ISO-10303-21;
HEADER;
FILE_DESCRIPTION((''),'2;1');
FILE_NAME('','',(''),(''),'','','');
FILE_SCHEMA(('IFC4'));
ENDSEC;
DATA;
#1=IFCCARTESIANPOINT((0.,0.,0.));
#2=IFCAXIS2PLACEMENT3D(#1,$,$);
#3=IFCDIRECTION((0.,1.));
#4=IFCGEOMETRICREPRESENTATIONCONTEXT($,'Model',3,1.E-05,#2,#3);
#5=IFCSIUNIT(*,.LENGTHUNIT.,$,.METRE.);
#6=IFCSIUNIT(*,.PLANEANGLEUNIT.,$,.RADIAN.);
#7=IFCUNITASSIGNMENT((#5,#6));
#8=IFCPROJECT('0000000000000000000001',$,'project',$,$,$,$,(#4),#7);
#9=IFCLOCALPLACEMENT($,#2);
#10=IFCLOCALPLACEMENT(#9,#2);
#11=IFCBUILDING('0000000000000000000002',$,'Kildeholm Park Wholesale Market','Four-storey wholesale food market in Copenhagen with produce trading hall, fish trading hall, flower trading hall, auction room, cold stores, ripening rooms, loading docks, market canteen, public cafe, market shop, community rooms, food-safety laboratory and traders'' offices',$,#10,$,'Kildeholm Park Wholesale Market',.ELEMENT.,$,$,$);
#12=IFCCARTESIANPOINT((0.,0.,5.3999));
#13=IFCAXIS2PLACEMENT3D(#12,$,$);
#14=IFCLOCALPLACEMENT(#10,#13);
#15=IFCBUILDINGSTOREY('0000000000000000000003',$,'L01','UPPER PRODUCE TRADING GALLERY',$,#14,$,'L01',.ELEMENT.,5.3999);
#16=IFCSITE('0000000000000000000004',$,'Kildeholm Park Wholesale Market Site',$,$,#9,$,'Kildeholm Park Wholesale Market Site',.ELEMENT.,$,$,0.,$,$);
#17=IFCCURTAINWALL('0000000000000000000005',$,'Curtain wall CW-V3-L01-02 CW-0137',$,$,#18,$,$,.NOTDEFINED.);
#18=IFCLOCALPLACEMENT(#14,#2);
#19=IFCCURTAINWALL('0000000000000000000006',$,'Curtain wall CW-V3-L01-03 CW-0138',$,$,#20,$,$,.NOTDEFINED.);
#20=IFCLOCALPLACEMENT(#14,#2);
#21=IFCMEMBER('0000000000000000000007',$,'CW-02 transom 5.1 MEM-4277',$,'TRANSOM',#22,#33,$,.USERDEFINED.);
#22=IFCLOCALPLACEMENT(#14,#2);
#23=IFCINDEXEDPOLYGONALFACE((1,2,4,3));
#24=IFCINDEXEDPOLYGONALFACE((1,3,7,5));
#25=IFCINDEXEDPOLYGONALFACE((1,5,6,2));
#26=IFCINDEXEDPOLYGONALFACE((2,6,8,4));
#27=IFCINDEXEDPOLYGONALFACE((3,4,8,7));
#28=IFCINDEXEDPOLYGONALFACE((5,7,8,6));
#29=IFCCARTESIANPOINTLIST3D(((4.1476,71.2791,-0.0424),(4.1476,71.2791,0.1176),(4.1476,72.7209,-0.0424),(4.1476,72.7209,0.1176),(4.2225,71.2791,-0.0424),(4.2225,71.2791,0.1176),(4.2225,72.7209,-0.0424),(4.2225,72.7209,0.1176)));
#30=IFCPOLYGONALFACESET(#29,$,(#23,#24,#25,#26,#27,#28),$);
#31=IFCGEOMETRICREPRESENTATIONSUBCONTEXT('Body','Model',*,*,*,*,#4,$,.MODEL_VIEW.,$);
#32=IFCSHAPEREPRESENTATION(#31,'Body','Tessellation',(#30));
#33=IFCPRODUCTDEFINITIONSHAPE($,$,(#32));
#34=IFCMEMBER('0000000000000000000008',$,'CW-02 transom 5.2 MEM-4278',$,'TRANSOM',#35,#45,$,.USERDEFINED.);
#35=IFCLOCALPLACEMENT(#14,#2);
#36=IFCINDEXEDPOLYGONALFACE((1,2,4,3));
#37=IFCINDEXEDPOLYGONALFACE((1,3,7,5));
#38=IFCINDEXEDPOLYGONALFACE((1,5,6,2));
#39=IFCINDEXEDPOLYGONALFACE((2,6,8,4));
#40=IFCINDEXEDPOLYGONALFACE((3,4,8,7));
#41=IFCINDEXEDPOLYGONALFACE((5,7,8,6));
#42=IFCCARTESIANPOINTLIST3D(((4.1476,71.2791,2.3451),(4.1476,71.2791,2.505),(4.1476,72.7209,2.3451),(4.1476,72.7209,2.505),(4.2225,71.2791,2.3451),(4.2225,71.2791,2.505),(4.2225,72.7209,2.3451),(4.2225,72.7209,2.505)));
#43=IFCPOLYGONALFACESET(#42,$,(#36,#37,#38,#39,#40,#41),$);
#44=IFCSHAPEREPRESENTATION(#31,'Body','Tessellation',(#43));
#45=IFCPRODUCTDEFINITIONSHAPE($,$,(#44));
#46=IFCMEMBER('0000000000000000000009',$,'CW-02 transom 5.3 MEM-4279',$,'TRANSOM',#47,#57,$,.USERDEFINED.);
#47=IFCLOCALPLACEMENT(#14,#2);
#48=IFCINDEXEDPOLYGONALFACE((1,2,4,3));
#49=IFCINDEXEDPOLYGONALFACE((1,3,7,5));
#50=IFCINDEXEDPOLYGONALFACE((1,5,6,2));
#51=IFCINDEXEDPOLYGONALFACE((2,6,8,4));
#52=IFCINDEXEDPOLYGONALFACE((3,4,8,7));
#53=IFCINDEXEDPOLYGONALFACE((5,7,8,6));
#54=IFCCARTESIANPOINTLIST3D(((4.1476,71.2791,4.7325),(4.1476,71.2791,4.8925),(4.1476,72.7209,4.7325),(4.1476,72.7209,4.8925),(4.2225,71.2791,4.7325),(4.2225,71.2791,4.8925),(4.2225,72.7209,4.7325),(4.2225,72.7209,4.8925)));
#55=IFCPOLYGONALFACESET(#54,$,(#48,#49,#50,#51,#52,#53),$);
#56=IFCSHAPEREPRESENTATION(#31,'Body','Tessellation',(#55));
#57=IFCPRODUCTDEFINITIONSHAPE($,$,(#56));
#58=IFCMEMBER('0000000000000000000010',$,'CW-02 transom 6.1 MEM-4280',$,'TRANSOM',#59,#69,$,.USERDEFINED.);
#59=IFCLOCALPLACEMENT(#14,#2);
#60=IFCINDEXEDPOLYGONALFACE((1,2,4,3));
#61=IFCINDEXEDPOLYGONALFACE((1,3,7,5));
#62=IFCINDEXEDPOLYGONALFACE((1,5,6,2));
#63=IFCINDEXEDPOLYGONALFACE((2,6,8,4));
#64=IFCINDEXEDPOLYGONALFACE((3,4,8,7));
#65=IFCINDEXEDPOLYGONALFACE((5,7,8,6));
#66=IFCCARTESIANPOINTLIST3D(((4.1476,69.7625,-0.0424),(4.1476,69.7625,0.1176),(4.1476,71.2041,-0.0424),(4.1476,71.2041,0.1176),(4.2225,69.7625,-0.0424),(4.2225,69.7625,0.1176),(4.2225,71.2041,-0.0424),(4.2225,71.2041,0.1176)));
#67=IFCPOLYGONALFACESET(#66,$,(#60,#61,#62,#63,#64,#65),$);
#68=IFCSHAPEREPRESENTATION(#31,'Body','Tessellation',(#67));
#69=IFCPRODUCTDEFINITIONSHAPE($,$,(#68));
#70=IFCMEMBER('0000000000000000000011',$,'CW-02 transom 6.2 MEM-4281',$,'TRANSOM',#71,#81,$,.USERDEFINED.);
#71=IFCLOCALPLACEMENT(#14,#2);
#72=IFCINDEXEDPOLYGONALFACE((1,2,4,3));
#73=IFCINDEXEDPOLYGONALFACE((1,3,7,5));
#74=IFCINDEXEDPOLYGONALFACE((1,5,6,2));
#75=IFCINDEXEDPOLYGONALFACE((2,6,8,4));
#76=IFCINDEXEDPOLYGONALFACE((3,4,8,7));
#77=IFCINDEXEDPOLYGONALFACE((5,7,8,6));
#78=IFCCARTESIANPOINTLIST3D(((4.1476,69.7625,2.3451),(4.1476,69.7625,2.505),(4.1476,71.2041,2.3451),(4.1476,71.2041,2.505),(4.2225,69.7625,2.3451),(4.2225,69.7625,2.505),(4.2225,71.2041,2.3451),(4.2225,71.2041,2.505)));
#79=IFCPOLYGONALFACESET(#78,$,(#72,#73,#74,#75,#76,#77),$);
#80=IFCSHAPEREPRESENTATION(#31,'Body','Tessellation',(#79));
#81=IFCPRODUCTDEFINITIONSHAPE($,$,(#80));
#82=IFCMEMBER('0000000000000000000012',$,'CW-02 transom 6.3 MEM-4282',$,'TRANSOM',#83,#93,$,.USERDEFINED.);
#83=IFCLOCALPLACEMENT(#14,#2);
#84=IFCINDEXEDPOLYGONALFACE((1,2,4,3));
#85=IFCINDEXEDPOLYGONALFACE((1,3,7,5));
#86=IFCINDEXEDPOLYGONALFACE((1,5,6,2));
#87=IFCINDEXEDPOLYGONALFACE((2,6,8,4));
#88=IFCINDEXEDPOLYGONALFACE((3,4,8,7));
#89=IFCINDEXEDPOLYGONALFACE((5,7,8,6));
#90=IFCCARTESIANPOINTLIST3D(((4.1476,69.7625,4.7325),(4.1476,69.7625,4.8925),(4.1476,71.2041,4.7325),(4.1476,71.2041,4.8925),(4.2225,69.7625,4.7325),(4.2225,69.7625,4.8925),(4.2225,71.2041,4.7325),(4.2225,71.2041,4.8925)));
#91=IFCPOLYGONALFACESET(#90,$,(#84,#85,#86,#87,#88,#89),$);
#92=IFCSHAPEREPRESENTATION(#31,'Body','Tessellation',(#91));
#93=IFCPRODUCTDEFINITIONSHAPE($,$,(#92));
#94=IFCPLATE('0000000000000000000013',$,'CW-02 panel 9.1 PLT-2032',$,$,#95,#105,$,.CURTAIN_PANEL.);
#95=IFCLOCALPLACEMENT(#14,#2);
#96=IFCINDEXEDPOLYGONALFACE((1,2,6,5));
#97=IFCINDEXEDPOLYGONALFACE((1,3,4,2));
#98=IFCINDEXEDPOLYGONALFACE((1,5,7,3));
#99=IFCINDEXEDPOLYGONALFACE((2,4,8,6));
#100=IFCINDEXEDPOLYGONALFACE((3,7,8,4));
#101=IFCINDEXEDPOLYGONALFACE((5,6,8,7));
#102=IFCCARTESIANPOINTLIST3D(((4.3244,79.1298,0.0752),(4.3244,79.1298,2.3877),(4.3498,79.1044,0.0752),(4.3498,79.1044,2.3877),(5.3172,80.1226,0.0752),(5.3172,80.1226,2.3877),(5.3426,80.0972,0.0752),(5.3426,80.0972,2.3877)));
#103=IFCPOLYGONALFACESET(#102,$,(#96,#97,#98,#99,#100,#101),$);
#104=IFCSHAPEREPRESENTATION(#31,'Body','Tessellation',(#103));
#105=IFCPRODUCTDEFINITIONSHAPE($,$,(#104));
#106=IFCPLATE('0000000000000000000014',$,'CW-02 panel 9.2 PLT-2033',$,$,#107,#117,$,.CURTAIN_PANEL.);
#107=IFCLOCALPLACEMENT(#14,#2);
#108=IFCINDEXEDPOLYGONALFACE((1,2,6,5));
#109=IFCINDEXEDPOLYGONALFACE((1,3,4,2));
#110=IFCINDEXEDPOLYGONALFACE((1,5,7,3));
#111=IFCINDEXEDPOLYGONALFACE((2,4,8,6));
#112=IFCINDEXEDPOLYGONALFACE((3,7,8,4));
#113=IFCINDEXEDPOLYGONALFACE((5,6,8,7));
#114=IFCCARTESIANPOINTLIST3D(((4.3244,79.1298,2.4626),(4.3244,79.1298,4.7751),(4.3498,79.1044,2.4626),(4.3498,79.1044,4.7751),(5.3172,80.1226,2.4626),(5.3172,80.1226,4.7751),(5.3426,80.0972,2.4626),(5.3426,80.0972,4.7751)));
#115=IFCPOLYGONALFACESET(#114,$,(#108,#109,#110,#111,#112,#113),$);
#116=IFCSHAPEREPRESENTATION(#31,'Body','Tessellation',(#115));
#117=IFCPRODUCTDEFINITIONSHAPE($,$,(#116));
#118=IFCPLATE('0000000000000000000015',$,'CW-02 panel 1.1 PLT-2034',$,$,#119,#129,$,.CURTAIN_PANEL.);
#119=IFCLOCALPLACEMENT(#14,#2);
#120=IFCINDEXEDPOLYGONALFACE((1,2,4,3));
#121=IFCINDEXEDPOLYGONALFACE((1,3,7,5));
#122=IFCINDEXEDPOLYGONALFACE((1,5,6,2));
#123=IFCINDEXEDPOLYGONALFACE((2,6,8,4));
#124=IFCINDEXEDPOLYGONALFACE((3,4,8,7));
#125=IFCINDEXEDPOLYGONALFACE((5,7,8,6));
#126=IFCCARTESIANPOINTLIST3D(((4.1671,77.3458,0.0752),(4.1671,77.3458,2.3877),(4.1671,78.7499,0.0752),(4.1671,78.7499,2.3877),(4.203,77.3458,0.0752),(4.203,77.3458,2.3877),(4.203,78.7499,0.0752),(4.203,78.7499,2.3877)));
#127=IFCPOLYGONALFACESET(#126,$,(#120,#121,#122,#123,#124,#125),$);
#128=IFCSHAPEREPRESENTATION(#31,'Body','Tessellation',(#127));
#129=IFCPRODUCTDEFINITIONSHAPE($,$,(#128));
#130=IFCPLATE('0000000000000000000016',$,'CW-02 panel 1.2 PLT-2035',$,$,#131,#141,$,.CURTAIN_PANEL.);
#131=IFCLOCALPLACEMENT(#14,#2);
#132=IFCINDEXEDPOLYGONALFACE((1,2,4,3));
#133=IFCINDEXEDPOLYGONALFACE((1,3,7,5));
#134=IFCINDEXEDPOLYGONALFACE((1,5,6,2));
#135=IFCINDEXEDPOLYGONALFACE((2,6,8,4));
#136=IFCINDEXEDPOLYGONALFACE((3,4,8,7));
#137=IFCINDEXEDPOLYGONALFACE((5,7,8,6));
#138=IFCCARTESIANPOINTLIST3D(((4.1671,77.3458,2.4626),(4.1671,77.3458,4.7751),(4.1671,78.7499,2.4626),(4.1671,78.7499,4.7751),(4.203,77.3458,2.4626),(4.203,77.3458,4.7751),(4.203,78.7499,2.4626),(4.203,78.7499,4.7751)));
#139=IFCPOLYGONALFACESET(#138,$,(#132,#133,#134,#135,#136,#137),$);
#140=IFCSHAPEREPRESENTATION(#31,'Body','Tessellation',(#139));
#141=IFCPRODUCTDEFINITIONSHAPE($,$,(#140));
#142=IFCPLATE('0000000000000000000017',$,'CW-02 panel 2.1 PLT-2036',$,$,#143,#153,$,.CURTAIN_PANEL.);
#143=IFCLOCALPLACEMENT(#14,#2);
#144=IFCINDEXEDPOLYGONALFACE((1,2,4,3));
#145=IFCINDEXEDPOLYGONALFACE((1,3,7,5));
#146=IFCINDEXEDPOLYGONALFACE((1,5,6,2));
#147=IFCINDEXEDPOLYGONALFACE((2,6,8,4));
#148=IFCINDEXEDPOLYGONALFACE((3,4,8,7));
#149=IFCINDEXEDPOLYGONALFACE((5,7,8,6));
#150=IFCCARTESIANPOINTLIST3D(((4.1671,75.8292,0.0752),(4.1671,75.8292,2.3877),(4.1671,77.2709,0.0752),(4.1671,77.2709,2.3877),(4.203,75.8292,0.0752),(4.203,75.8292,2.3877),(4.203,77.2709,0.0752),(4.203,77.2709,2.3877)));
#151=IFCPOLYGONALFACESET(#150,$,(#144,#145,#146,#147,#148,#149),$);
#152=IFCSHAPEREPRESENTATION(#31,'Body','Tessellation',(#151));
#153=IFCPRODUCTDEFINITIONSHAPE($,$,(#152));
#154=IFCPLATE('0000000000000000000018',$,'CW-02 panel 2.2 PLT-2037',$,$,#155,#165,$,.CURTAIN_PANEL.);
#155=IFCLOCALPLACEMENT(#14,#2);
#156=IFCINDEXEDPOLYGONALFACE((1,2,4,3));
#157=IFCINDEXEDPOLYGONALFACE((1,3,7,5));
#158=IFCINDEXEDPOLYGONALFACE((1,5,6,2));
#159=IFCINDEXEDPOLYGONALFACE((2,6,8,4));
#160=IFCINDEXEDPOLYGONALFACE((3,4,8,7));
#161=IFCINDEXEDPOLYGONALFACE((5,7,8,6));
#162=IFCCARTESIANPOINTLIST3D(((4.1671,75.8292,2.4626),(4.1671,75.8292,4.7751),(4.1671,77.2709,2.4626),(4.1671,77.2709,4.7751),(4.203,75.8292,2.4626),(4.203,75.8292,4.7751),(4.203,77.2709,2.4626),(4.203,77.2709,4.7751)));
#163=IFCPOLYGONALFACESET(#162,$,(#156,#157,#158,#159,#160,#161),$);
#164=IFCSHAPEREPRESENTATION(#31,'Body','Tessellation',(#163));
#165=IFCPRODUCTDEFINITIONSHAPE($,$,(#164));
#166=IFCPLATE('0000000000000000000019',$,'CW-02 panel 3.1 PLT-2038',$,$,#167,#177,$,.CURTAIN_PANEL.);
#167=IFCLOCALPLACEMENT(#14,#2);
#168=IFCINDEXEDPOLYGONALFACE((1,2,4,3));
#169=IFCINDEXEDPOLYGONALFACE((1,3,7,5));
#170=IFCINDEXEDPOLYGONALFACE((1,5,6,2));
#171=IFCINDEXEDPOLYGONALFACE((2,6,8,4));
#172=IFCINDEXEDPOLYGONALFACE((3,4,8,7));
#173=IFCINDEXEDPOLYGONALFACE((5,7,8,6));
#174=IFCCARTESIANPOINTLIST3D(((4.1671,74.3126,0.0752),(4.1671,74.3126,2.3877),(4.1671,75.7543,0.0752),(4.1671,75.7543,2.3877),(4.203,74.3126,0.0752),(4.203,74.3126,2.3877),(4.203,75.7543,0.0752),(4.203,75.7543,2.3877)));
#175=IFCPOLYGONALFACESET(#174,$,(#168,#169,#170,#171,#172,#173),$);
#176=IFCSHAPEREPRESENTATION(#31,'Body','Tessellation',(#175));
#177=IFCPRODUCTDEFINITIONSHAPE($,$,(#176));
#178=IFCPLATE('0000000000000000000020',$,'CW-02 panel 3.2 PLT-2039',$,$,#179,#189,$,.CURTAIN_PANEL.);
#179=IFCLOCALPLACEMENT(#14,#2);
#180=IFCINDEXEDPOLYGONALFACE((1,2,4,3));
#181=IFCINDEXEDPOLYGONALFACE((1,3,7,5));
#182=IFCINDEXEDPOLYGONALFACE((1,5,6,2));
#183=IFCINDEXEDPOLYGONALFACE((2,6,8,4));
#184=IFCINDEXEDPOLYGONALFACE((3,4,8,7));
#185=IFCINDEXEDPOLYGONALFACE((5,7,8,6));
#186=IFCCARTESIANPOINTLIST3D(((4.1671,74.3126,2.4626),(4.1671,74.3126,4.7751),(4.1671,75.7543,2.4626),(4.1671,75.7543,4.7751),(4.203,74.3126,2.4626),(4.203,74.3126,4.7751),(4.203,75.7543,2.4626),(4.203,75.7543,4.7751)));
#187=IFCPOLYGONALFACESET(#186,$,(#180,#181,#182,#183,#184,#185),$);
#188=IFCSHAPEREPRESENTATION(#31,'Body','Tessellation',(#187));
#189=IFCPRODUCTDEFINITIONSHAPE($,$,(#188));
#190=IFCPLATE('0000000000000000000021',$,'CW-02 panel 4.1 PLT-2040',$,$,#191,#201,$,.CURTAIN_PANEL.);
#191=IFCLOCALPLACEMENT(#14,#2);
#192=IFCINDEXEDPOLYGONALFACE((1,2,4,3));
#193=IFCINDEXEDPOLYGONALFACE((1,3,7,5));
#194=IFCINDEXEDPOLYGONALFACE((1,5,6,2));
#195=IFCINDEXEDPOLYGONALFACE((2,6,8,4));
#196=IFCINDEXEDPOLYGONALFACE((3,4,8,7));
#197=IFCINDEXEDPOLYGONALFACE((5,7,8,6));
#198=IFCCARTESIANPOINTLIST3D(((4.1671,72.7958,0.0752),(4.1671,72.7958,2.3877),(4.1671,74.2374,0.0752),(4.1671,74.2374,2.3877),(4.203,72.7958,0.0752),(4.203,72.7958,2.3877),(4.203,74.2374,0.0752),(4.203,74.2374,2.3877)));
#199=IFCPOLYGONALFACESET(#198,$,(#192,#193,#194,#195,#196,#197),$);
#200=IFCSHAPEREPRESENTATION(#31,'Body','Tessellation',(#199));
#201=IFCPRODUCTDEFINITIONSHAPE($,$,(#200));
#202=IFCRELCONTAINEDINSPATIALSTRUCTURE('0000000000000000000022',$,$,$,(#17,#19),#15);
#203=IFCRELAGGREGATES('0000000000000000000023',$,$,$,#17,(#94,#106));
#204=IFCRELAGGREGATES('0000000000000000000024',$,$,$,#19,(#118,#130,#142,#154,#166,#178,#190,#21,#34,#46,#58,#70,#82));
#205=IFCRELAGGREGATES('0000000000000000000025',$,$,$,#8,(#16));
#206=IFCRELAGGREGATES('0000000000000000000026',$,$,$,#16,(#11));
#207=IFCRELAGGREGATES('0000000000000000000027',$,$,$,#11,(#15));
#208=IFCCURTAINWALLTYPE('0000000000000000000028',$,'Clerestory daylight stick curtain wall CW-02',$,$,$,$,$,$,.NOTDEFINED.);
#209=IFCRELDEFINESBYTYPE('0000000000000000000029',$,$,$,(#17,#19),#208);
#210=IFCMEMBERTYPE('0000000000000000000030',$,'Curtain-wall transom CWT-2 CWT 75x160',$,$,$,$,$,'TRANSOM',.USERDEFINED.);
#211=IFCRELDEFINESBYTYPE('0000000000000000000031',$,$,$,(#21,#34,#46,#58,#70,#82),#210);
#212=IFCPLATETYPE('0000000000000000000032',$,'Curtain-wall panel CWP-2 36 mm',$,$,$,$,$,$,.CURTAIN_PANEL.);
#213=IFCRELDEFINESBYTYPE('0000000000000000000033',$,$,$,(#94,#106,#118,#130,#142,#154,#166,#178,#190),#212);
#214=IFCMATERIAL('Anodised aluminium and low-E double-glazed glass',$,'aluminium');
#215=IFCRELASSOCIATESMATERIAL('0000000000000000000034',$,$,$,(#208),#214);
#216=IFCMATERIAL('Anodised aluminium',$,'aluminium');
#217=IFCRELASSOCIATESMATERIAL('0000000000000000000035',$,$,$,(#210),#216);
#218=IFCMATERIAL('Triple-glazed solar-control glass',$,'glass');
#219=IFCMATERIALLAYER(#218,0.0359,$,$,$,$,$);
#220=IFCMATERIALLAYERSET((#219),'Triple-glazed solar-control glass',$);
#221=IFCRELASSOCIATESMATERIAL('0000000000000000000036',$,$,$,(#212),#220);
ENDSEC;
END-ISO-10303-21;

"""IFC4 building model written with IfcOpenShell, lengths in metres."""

from ifc_helpers import new_model, si_unit, direction, frame, origin, origin_2d, place, context, subcontext, project, spatial, rectangle, extrude, material, layer, layer_set, material_profile, profile_set, type_object, element, aggregate, save


model = new_model("IFC4")

# Units and contexts
model_context = context("Model", 3, precision=1e-05, world=origin(), true_north=direction((0.0, 1.0)))
body_context = subcontext(model_context, "Body", "Model", "MODEL_VIEW")
ifc_project = project(units=[si_unit("LENGTHUNIT", "METRE"), si_unit("PLANEANGLEUNIT", "RADIAN")], contexts=[model_context])

# Site, building, storey
site_placement = place(None, origin())
site = spatial("IfcSite", under=ifc_project, at=site_placement, Name="Kildeholm Park Wholesale Market Site", LongName="Kildeholm Park Wholesale Market Site", CompositionType="ELEMENT", RefElevation=0.0)
building_placement = place(site_placement, origin())
building = spatial("IfcBuilding", under=site, at=building_placement, Name="Kildeholm Park Wholesale Market", Description="Four-storey wholesale food market in Copenhagen with produce trading hall, fish trading hall, flower trading hall, auction room, cold stores, ripening rooms, loading docks, market canteen, public cafe, market shop, community rooms, food-safety laboratory and traders' offices", LongName="Kildeholm Park Wholesale Market", CompositionType="ELEMENT")
storey_placement = place(building_placement, frame((0.0, 0.0, 5.3999)))
storey = spatial("IfcBuildingStorey", under=building, at=storey_placement, Name="L01", Description="UPPER PRODUCE TRADING GALLERY", LongName="L01", CompositionType="ELEMENT", Elevation=5.3999)

# Curtain wall
ifc_material_1 = material(Name="Anodised aluminium and low-E double-glazed glass", Category="aluminium")
curtain_wall_type = type_object("IfcCurtainWallType", Name="Clerestory daylight stick curtain wall CW-02", PredefinedType="NOTDEFINED", material=ifc_material_1)
curtain_wall_1_placement = place(storey_placement, origin())
curtain_wall_1 = element("IfcCurtainWall", 1, at=curtain_wall_1_placement, inside=storey, type_object=curtain_wall_type, Name="Curtain wall CW-V3-L01-02 CW-0137", PredefinedType="NOTDEFINED")
ifc_material_2 = material(Name="Anodised aluminium", Category="aluminium")

# Curtain wall, members
curtain_wall_2_placement = place(storey_placement, origin())
curtain_wall_2 = element("IfcCurtainWall", 2, at=curtain_wall_2_placement, inside=storey, type_object=curtain_wall_type, Name="Curtain wall CW-V3-L01-03 CW-0138", PredefinedType="NOTDEFINED")
ifc_material_profile_1 = material_profile(ifc_material_2, rectangle(XDim=0.075, YDim=0.1599, at=origin_2d()), Name="CWT 75x160")
ifc_profile_set_1 = profile_set([ifc_material_profile_1], Name="Anodised aluminium")
member_type_1 = type_object("IfcMemberType", Name="Curtain-wall transom CWT-2 CWT 75x160", ElementType="TRANSOM", PredefinedType="USERDEFINED", material=ifc_profile_set_1)
member_1_placement = place(storey_placement, frame((4.1851, 72.7209, 0.0376), z_axis=(0.0, -1.0, 0.0), x_axis=(1.0, 0.0, 0.0)))
member_1 = element("IfcMember", 3, at=member_1_placement, type_object=member_type_1, Name="CW-02 transom 5.1 MEM-4277", ObjectType="TRANSOM", PredefinedType="USERDEFINED", context=body_context, shape_type="SweptSolid", body=[
    extrude(rectangle(XDim=0.075, YDim=0.1599, at=origin_2d()), origin(), (0.0, 0.0, 1.0), 1.4419),
])
member_2_placement = place(storey_placement, frame((4.1851, 72.7209, 2.425), z_axis=(0.0, -1.0, 0.0), x_axis=(1.0, 0.0, 0.0)))
member_2 = element("IfcMember", 4, at=member_2_placement, type_object=member_type_1, Name="CW-02 transom 5.2 MEM-4278", ObjectType="TRANSOM", PredefinedType="USERDEFINED", context=body_context, shape_type="SweptSolid", body=[
    extrude(rectangle(XDim=0.075, YDim=0.1599, at=origin_2d()), origin(), (0.0, 0.0, 1.0), 1.4419),
])
member_3_placement = place(storey_placement, frame((4.1851, 72.7209, 4.8125), z_axis=(0.0, -1.0, 0.0), x_axis=(1.0, 0.0, 0.0)))
member_3 = element("IfcMember", 5, at=member_3_placement, type_object=member_type_1, Name="CW-02 transom 5.3 MEM-4279", ObjectType="TRANSOM", PredefinedType="USERDEFINED", context=body_context, shape_type="SweptSolid", body=[
    extrude(rectangle(XDim=0.075, YDim=0.1599, at=origin_2d()), origin(), (0.0, 0.0, 1.0), 1.4419),
])
member_4_placement = place(storey_placement, frame((4.1851, 71.2041, 0.0376), z_axis=(0.0, -1.0, 0.0), x_axis=(1.0, 0.0, 0.0)))
member_4 = element("IfcMember", 6, at=member_4_placement, type_object=member_type_1, Name="CW-02 transom 6.1 MEM-4280", ObjectType="TRANSOM", PredefinedType="USERDEFINED", context=body_context, shape_type="SweptSolid", body=[
    extrude(rectangle(XDim=0.075, YDim=0.1599, at=origin_2d()), origin(), (0.0, 0.0, 1.0), 1.4417),
])
member_5_placement = place(storey_placement, frame((4.1851, 71.2041, 2.425), z_axis=(0.0, -1.0, 0.0), x_axis=(1.0, 0.0, 0.0)))
member_5 = element("IfcMember", 7, at=member_5_placement, type_object=member_type_1, Name="CW-02 transom 6.2 MEM-4281", ObjectType="TRANSOM", PredefinedType="USERDEFINED", context=body_context, shape_type="SweptSolid", body=[
    extrude(rectangle(XDim=0.075, YDim=0.1599, at=origin_2d()), origin(), (0.0, 0.0, 1.0), 1.4417),
])
member_6_placement = place(storey_placement, frame((4.1851, 71.2041, 4.8125), z_axis=(0.0, -1.0, 0.0), x_axis=(1.0, 0.0, 0.0)))
member_6 = element("IfcMember", 8, at=member_6_placement, type_object=member_type_1, Name="CW-02 transom 6.3 MEM-4282", ObjectType="TRANSOM", PredefinedType="USERDEFINED", context=body_context, shape_type="SweptSolid", body=[
    extrude(rectangle(XDim=0.075, YDim=0.1599, at=origin_2d()), origin(), (0.0, 0.0, 1.0), 1.4417),
])

# Plates
ifc_material_3 = material(Name="Triple-glazed solar-control glass", Category="glass")
ifc_layer = layer(ifc_material_3, 0.0359)
ifc_layer_set = layer_set([ifc_layer], Name="Triple-glazed solar-control glass")
plate_type = type_object("IfcPlateType", Name="Curtain-wall panel CWP-2 36 mm", PredefinedType="CURTAIN_PANEL", material=ifc_layer_set)
plate_1_placement = place(storey_placement, frame((4.8335, 79.6135, 0.0752), z_axis=(0.0, 0.0, 1.0), x_axis=(-0.707107, -0.707107, 0.0)))
plate_1 = element("IfcPlate", 9, at=plate_1_placement, type_object=plate_type, Name="CW-02 panel 9.1 PLT-2032", PredefinedType="CURTAIN_PANEL", context=body_context, shape_type="SweptSolid", body=[
    extrude(rectangle(XDim=1.4041, YDim=0.0359, at=origin_2d()), origin(), (0.0, 0.0, 1.0), 2.3125),
])
plate_2_placement = place(storey_placement, frame((4.8335, 79.6135, 2.4626), z_axis=(0.0, 0.0, 1.0), x_axis=(-0.707107, -0.707107, 0.0)))
plate_2 = element("IfcPlate", 10, at=plate_2_placement, type_object=plate_type, Name="CW-02 panel 9.2 PLT-2033", PredefinedType="CURTAIN_PANEL", context=body_context, shape_type="SweptSolid", body=[
    extrude(rectangle(XDim=1.4041, YDim=0.0359, at=origin_2d()), origin(), (0.0, 0.0, 1.0), 2.3125),
])
aggregate(curtain_wall_1, [plate_1, plate_2])
plate_3_placement = place(storey_placement, frame((4.1851, 78.0479, 0.0752), z_axis=(0.0, 0.0, 1.0), x_axis=(0.0, -1.0, 0.0)))
plate_3 = element("IfcPlate", 11, at=plate_3_placement, type_object=plate_type, Name="CW-02 panel 1.1 PLT-2034", PredefinedType="CURTAIN_PANEL", context=body_context, shape_type="SweptSolid", body=[
    extrude(rectangle(XDim=1.4041, YDim=0.0359, at=origin_2d()), origin(), (0.0, 0.0, 1.0), 2.3125),
])
plate_4_placement = place(storey_placement, frame((4.1851, 78.0479, 2.4626), z_axis=(0.0, 0.0, 1.0), x_axis=(0.0, -1.0, 0.0)))
plate_4 = element("IfcPlate", 12, at=plate_4_placement, type_object=plate_type, Name="CW-02 panel 1.2 PLT-2035", PredefinedType="CURTAIN_PANEL", context=body_context, shape_type="SweptSolid", body=[
    extrude(rectangle(XDim=1.4041, YDim=0.0359, at=origin_2d()), origin(), (0.0, 0.0, 1.0), 2.3125),
])
plate_5_placement = place(storey_placement, frame((4.1851, 76.55, 0.0752), z_axis=(0.0, 0.0, 1.0), x_axis=(0.0, -1.0, 0.0)))
plate_5 = element("IfcPlate", 13, at=plate_5_placement, type_object=plate_type, Name="CW-02 panel 2.1 PLT-2036", PredefinedType="CURTAIN_PANEL", context=body_context, shape_type="SweptSolid", body=[
    extrude(rectangle(XDim=1.4417, YDim=0.0359, at=origin_2d()), origin(), (0.0, 0.0, 1.0), 2.3125),
])
plate_6_placement = place(storey_placement, frame((4.1851, 76.55, 2.4626), z_axis=(0.0, 0.0, 1.0), x_axis=(0.0, -1.0, 0.0)))
plate_6 = element("IfcPlate", 14, at=plate_6_placement, type_object=plate_type, Name="CW-02 panel 2.2 PLT-2037", PredefinedType="CURTAIN_PANEL", context=body_context, shape_type="SweptSolid", body=[
    extrude(rectangle(XDim=1.4417, YDim=0.0359, at=origin_2d()), origin(), (0.0, 0.0, 1.0), 2.3125),
])
plate_7_placement = place(storey_placement, frame((4.1851, 75.0334, 0.0752), z_axis=(0.0, 0.0, 1.0), x_axis=(0.0, -1.0, 0.0)))
plate_7 = element("IfcPlate", 15, at=plate_7_placement, type_object=plate_type, Name="CW-02 panel 3.1 PLT-2038", PredefinedType="CURTAIN_PANEL", context=body_context, shape_type="SweptSolid", body=[
    extrude(rectangle(XDim=1.4417, YDim=0.0359, at=origin_2d()), origin(), (0.0, 0.0, 1.0), 2.3125),
])
plate_8_placement = place(storey_placement, frame((4.1851, 75.0334, 2.4626), z_axis=(0.0, 0.0, 1.0), x_axis=(0.0, -1.0, 0.0)))
plate_8 = element("IfcPlate", 16, at=plate_8_placement, type_object=plate_type, Name="CW-02 panel 3.2 PLT-2039", PredefinedType="CURTAIN_PANEL", context=body_context, shape_type="SweptSolid", body=[
    extrude(rectangle(XDim=1.4417, YDim=0.0359, at=origin_2d()), origin(), (0.0, 0.0, 1.0), 2.3125),
])
plate_9_placement = place(storey_placement, frame((4.1851, 73.5166, 0.0752), z_axis=(0.0, 0.0, 1.0), x_axis=(0.0, -1.0, 0.0)))
plate_9 = element("IfcPlate", 17, at=plate_9_placement, type_object=plate_type, Name="CW-02 panel 4.1 PLT-2040", PredefinedType="CURTAIN_PANEL", context=body_context, shape_type="SweptSolid", body=[
    extrude(rectangle(XDim=1.4417, YDim=0.0359, at=origin_2d()), origin(), (0.0, 0.0, 1.0), 2.3125),
])
aggregate(curtain_wall_2, [plate_3, plate_4, plate_5, plate_6, plate_7, plate_8, plate_9, member_1, member_2, member_3, member_4, member_5, member_6])

save(model, "model.ifc")
